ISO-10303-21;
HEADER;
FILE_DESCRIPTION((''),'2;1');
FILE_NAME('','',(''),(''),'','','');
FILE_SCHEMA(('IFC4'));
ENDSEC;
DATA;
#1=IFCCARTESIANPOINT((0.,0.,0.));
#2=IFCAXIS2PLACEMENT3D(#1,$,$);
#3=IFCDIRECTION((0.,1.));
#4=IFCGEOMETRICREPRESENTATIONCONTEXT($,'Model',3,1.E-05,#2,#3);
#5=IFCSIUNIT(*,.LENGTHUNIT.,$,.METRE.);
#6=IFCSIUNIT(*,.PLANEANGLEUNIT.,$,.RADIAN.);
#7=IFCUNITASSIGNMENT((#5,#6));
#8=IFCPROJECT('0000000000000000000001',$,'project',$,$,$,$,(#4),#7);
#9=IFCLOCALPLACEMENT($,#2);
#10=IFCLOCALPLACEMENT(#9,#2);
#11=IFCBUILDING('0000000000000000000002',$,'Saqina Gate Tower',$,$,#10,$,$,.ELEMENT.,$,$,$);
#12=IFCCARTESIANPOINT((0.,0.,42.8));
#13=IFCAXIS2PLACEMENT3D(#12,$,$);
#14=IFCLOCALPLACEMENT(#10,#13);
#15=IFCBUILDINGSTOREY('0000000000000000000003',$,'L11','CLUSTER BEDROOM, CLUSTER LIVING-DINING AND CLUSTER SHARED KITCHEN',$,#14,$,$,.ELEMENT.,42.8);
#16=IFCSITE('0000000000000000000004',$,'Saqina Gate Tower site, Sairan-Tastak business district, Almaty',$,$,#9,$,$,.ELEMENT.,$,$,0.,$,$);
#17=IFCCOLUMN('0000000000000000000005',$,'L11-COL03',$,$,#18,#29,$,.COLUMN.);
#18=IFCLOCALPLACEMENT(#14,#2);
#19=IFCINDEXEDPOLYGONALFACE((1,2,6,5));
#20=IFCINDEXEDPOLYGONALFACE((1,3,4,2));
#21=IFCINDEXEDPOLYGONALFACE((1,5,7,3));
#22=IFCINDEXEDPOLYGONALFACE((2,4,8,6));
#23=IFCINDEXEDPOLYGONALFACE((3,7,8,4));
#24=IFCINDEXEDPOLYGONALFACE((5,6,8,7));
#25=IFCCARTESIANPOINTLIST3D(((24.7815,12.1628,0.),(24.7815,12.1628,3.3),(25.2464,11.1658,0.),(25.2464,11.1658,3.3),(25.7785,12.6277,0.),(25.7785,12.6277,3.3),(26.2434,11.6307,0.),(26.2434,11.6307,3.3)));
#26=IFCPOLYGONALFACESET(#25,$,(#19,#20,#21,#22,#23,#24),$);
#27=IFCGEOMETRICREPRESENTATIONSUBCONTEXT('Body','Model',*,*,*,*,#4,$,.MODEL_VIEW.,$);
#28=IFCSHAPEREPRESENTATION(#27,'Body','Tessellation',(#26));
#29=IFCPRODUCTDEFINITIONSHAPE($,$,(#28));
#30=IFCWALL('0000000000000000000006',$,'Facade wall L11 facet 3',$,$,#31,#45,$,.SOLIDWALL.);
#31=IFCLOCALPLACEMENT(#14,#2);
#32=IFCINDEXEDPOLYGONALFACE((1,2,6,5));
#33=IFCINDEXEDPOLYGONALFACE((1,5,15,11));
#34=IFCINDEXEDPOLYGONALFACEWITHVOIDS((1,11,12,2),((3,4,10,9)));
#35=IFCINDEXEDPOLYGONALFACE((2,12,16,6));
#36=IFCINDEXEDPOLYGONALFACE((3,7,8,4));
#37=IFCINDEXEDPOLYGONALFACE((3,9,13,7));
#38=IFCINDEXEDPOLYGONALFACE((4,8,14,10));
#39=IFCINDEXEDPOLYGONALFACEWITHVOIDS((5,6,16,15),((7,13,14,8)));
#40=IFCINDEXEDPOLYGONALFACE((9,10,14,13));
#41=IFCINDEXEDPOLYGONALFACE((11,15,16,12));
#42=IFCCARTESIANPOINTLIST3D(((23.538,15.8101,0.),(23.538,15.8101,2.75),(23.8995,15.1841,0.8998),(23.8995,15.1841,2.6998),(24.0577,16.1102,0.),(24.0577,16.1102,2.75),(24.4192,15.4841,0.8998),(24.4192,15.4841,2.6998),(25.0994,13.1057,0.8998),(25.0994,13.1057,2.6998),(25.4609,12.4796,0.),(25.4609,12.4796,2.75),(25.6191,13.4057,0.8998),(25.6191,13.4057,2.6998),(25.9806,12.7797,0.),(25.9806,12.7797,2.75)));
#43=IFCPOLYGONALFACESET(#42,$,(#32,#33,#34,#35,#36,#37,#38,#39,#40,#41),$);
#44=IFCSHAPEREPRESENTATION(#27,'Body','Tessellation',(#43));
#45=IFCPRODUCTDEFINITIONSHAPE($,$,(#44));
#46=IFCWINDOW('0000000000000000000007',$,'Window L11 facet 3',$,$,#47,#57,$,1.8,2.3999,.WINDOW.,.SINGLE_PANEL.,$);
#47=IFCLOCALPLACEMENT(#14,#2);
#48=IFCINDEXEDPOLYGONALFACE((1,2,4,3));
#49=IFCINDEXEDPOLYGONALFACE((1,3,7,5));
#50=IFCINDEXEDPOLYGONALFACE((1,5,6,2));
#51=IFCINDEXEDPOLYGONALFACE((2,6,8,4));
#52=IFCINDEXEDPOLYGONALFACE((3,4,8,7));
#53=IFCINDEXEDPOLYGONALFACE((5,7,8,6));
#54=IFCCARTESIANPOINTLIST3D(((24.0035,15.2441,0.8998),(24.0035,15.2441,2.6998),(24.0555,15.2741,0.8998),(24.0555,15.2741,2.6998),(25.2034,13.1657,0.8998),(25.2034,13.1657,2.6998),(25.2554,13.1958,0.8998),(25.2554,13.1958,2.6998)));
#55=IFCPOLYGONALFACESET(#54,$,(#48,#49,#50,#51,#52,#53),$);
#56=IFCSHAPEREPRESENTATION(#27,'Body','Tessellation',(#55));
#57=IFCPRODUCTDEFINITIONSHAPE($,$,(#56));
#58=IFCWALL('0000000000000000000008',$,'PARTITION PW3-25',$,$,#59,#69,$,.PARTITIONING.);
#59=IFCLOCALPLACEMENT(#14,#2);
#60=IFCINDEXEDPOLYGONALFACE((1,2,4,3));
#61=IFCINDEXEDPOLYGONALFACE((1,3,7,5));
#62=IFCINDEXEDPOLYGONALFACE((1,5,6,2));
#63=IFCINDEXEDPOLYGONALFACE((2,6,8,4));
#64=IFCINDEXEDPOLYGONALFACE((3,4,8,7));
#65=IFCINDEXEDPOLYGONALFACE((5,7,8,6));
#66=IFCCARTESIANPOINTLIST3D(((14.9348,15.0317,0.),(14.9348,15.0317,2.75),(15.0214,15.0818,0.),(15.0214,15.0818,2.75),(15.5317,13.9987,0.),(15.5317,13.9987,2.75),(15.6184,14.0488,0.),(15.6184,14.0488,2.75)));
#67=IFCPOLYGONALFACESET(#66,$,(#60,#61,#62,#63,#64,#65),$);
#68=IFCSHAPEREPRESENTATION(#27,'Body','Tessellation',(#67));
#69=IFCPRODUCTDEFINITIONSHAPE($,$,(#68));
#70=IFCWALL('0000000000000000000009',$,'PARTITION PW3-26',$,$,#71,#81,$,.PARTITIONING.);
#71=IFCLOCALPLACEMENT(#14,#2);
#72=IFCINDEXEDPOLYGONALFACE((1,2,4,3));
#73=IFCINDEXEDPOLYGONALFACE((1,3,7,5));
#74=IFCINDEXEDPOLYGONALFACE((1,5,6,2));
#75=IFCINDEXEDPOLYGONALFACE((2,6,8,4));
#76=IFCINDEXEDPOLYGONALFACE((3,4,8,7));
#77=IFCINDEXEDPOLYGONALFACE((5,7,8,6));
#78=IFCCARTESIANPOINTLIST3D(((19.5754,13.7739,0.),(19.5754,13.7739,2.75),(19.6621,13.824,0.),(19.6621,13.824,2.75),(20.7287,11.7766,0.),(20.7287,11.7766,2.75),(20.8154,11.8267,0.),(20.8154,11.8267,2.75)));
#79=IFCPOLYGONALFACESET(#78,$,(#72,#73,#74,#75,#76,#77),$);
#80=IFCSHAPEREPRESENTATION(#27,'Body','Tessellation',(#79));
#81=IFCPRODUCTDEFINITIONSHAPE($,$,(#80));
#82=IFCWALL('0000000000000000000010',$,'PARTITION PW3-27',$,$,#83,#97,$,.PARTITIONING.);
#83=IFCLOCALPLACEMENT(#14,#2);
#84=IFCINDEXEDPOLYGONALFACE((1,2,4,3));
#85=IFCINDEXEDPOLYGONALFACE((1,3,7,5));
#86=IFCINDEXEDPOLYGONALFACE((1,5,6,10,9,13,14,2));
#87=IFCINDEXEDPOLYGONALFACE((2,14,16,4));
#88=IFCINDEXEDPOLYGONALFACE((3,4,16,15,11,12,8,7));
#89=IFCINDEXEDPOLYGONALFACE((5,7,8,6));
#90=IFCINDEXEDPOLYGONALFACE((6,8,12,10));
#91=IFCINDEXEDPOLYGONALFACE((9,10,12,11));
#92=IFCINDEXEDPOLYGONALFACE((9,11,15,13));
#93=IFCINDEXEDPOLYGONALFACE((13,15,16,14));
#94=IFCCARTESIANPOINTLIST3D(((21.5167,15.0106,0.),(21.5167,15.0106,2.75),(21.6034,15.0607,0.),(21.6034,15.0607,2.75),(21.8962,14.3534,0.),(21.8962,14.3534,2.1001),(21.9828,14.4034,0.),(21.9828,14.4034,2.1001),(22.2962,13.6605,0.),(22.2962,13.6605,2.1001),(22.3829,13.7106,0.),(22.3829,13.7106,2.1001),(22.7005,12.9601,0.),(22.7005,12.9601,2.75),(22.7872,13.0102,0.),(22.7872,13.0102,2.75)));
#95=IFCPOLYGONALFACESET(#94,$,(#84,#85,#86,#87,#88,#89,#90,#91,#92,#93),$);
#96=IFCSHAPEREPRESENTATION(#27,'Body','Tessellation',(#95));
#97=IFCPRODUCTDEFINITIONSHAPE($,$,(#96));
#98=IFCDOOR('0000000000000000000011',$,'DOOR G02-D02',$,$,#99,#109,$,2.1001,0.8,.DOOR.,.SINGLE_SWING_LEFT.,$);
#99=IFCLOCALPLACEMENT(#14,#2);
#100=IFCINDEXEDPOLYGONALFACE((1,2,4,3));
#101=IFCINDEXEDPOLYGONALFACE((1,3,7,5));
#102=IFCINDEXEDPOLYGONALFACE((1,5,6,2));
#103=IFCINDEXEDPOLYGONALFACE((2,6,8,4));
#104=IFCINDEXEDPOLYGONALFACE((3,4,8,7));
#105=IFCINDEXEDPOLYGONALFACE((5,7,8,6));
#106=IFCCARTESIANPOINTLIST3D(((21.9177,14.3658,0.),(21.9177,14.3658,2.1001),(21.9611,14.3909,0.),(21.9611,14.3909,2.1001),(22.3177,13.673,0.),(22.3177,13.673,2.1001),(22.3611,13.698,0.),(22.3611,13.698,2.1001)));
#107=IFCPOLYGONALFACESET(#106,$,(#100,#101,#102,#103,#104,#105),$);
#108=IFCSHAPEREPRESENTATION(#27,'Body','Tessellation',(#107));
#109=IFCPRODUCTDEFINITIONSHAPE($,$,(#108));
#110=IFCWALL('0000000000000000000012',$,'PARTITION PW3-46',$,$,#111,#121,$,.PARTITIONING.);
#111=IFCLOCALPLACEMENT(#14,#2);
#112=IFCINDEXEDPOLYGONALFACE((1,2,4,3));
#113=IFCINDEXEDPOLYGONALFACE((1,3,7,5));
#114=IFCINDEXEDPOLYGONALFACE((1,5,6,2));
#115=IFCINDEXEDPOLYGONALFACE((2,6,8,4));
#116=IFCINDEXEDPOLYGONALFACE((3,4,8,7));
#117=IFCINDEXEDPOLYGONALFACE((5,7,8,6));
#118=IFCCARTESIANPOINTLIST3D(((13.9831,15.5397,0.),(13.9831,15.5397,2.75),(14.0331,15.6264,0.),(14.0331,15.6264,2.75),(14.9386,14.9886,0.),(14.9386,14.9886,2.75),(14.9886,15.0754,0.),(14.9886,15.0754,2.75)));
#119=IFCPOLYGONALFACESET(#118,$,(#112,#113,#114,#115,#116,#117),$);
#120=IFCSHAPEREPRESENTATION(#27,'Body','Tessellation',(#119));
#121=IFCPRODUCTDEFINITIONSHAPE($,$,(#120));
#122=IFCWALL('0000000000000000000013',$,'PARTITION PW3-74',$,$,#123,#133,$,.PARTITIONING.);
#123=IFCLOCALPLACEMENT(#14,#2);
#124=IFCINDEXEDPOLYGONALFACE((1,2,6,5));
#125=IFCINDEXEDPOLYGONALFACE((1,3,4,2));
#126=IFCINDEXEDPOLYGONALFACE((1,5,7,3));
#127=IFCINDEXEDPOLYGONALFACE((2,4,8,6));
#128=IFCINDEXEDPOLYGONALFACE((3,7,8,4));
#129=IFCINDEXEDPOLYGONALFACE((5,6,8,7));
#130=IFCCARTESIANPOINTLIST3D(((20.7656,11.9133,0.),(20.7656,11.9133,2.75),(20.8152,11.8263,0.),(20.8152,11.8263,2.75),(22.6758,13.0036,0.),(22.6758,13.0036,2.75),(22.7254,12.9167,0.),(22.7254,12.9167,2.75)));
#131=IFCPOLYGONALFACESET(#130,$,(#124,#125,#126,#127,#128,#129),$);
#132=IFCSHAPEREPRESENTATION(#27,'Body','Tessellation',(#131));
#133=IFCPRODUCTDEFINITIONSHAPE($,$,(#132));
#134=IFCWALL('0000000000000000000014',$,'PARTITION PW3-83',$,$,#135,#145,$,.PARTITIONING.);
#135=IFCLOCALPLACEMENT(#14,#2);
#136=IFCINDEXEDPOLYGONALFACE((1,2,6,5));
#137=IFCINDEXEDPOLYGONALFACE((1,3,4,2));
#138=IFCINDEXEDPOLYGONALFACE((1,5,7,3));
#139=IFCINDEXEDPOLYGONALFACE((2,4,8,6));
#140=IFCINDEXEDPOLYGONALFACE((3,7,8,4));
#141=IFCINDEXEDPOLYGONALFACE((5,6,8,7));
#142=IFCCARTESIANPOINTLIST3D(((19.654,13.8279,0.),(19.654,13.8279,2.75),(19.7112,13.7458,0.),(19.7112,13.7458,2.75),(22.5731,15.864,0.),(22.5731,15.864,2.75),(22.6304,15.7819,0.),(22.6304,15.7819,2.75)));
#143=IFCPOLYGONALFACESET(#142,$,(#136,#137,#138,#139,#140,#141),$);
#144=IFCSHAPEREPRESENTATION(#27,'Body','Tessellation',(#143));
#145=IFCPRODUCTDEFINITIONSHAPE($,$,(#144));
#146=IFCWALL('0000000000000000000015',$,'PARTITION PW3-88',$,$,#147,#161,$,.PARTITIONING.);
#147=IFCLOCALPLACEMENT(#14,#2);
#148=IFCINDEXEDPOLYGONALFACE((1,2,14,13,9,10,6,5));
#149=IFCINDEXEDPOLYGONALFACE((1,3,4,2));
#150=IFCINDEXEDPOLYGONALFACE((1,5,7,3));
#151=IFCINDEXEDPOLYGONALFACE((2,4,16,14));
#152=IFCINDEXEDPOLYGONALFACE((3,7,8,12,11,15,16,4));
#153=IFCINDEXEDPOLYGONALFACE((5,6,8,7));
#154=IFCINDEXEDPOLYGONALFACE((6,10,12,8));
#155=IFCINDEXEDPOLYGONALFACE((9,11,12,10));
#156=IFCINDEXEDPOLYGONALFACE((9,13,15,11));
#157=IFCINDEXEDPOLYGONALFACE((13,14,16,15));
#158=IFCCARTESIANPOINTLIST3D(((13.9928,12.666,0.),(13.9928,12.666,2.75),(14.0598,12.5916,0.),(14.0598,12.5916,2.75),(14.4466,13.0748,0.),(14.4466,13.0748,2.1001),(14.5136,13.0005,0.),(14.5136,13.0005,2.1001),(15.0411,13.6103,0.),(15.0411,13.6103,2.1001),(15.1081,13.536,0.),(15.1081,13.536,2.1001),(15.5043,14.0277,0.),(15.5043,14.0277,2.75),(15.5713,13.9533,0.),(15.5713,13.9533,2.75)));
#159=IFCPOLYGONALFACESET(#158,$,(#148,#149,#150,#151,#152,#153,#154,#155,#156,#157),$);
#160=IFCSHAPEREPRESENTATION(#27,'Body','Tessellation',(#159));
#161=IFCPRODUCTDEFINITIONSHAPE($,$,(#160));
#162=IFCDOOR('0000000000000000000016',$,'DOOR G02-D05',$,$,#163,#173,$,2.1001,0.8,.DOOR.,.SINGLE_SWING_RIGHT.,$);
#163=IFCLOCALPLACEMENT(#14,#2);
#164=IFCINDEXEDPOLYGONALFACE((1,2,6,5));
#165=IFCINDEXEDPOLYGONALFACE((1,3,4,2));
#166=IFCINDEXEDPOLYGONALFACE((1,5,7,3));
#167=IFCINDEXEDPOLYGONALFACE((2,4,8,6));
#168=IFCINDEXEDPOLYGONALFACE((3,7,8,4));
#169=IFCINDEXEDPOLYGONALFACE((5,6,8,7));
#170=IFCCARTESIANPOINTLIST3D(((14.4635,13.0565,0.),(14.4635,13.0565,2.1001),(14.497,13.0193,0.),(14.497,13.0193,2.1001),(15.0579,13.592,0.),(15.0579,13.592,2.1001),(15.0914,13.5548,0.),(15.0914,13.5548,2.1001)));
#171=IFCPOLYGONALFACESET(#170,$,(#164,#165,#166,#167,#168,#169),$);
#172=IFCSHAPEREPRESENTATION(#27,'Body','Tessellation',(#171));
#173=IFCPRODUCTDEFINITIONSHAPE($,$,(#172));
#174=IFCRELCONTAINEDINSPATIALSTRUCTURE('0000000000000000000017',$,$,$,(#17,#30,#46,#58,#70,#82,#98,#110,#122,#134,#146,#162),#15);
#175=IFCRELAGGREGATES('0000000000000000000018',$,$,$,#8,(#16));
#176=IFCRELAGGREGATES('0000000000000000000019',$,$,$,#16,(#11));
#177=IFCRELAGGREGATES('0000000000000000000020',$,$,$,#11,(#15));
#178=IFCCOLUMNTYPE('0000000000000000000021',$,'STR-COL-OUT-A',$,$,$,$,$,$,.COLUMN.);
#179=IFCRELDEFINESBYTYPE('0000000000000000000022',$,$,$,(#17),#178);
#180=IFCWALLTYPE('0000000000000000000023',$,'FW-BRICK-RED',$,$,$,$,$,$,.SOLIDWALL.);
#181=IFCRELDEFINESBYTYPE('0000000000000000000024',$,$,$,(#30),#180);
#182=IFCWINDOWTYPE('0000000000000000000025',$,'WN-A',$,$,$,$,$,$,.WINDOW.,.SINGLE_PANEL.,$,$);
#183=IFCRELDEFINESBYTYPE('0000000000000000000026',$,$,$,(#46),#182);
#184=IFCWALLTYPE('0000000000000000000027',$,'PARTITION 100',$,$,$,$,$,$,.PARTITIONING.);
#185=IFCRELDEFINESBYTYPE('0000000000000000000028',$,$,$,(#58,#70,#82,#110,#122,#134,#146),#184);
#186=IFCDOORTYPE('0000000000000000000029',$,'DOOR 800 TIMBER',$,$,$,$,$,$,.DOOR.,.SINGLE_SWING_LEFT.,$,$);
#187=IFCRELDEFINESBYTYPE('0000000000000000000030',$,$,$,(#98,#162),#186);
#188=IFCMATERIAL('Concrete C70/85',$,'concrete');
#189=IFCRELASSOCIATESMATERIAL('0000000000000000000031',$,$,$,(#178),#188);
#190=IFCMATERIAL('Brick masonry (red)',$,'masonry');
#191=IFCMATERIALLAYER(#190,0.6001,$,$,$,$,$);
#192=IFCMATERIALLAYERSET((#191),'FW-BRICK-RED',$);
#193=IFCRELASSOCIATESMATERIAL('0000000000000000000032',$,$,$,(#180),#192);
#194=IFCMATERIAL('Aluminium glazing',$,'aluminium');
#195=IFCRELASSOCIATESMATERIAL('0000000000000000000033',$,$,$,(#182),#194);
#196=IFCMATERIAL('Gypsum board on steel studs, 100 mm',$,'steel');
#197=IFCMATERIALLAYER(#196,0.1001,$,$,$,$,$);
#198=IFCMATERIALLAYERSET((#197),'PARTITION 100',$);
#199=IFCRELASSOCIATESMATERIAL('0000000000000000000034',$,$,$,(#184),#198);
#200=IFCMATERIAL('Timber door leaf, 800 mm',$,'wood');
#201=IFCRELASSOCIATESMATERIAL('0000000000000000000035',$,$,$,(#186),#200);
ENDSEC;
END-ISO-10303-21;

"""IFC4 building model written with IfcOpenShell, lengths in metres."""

from ifc_helpers import new_model, si_unit, direction, frame, frame_2d, origin, origin_2d, place, context, subcontext, project, spatial, rectangle, extrude, material, layer, layer_set, material_profile, profile_set, type_object, element, fill, save


model = new_model("IFC4")

# Units and contexts
model_context = context("Model", 3, precision=1e-05, world=origin(), true_north=direction((0.0, 1.0)))
body_context = subcontext(model_context, "Body", "Model", "MODEL_VIEW")
ifc_project = project(units=[si_unit("LENGTHUNIT", "METRE"), si_unit("PLANEANGLEUNIT", "RADIAN")], contexts=[model_context])

# Site, building, storey
site_placement = place(None, origin())
site = spatial("IfcSite", under=ifc_project, at=site_placement, Name="Saqina Gate Tower site, Sairan-Tastak business district, Almaty", CompositionType="ELEMENT", RefElevation=0.0)
building_placement = place(site_placement, origin())
building = spatial("IfcBuilding", under=site, at=building_placement, Name="Saqina Gate Tower", CompositionType="ELEMENT")
storey_placement = place(building_placement, frame((0.0, 0.0, 42.8)))
storey = spatial("IfcBuildingStorey", under=building, at=storey_placement, Name="L11", Description="CLUSTER BEDROOM, CLUSTER LIVING-DINING AND CLUSTER SHARED KITCHEN", CompositionType="ELEMENT", Elevation=42.8)

# Column
ifc_material_1 = material(Name="Concrete C70/85", Category="concrete")
ifc_material_profile = material_profile(ifc_material_1, rectangle(XDim=1.1001, YDim=1.1001, at=origin_2d()), Name="RC 1100x1100")
ifc_profile_set = profile_set([ifc_material_profile], Name="Concrete C70/85")
column_type = type_object("IfcColumnType", Name="STR-COL-OUT-A", PredefinedType="COLUMN", material=ifc_profile_set)
column_placement = place(storey_placement, frame((25.5125, 11.8967, 0.0), z_axis=(0.0, 0.0, 1.0), x_axis=(0.906308, 0.422618, 0.0)))
element("IfcColumn", 1, at=column_placement, inside=storey, type_object=column_type, Name="L11-COL03", PredefinedType="COLUMN", context=body_context, shape_type="SweptSolid", body=[
    extrude(rectangle(XDim=1.1001, YDim=1.1001, at=origin_2d()), origin(), (0.0, 0.0, 1.0), 3.3),
])

# Wall, opening, window
ifc_material_2 = material(Name="Brick masonry (red)", Category="masonry")
ifc_layer_1 = layer(ifc_material_2, 0.6001)
ifc_layer_set_1 = layer_set([ifc_layer_1], Name="FW-BRICK-RED")
wall_type_1 = type_object("IfcWallType", Name="FW-BRICK-RED", PredefinedType="SOLIDWALL", material=ifc_layer_set_1)
wall_1_placement = place(storey_placement, frame((25.7207, 12.6296, 0.0), z_axis=(0.0, 0.0, 1.0), x_axis=(-0.49999, 0.866031, 0.0)))
wall_1 = element("IfcWall", 2, at=wall_1_placement, inside=storey, type_object=wall_type_1, Name="Facade wall L11 facet 3", PredefinedType="SOLIDWALL", context=body_context, shape_type="SweptSolid", body=[
    extrude(rectangle(XDim=3.8457, YDim=0.6001, at=frame_2d((1.9229, 0.0))), origin(), (0.0, 0.0, 1.0), 2.75),
])
opening_1_placement = place(wall_1_placement, frame((0.7229, 0.0, 0.8999)))
opening_1 = element("IfcOpeningElement", 3, at=opening_1_placement, cuts=wall_1, PredefinedType="OPENING", context=body_context, shape_type="SweptSolid", body=[
    extrude(rectangle(XDim=2.3999, YDim=1.8, at=frame_2d((1.2, 0.8999))), frame((0.0, 0.312, 0.0), z_axis=(0.0, -1.0, 0.0), x_axis=(1.0, 0.0, 0.0)), (0.0, 0.0, 1.0), 0.624),
])
ifc_material_3 = material(Name="Aluminium glazing", Category="aluminium")
window_type = type_object("IfcWindowType", Name="WN-A", PartitioningType="SINGLE_PANEL", PredefinedType="WINDOW", material=ifc_material_3)
window_placement = place(opening_1_placement, origin())
window = element("IfcWindow", 4, at=window_placement, inside=storey, type_object=window_type, Name="Window L11 facet 3", OverallHeight=1.8, OverallWidth=2.3999, PartitioningType="SINGLE_PANEL", PredefinedType="WINDOW", context=body_context, shape_type="SweptSolid", body=[
    extrude(rectangle(XDim=2.3999, YDim=1.8, at=frame_2d((1.2, 0.8999))), frame((0.0, 0.1799, 0.0), z_axis=(0.0, -1.0, 0.0), x_axis=(1.0, 0.0, 0.0)), (0.0, 0.0, 1.0), 0.0601),
])
fill(opening_1, window)

# Walls
ifc_material_4 = material(Name="Gypsum board on steel studs, 100 mm", Category="steel")
ifc_layer_2 = layer(ifc_material_4, 0.1001)
ifc_layer_set_2 = layer_set([ifc_layer_2], Name="PARTITION 100")
wall_type_2 = type_object("IfcWallType", Name="PARTITION 100", PredefinedType="PARTITIONING", material=ifc_layer_set_2)
wall_2_placement = place(storey_placement, frame((14.978, 15.0569, 0.0), z_axis=(0.0, 0.0, 1.0), x_axis=(0.500342, -0.865828, 0.0)))
element("IfcWall", 5, at=wall_2_placement, inside=storey, type_object=wall_type_2, Name="PARTITION PW3-25", PredefinedType="PARTITIONING", context=body_context, shape_type="SweptSolid", body=[
    extrude(rectangle(XDim=1.1931, YDim=0.1001, at=frame_2d((0.5967, 0.0))), origin(), (0.0, 0.0, 1.0), 2.75),
])
wall_3_placement = place(storey_placement, frame((19.6187, 13.7991, 0.0), z_axis=(0.0, 0.0, 1.0), x_axis=(0.500055, -0.865993, 0.0)))
element("IfcWall", 6, at=wall_3_placement, inside=storey, type_object=wall_type_2, Name="PARTITION PW3-26", PredefinedType="PARTITIONING", context=body_context, shape_type="SweptSolid", body=[
    extrude(rectangle(XDim=2.3064, YDim=0.1001, at=frame_2d((1.1533, 0.0))), origin(), (0.0, 0.0, 1.0), 2.75),
])

# Wall, opening, door
wall_4_placement = place(storey_placement, frame((21.5601, 15.0356, 0.0), z_axis=(0.0, 0.0, 1.0), x_axis=(0.499987, -0.866033, 0.0)))
wall_4 = element("IfcWall", 7, at=wall_4_placement, inside=storey, type_object=wall_type_2, Name="PARTITION PW3-27", PredefinedType="PARTITIONING", context=body_context, shape_type="SweptSolid", body=[
    extrude(rectangle(XDim=2.3677, YDim=0.1001, at=frame_2d((1.1838, 0.0))), origin(), (0.0, 0.0, 1.0), 2.75),
])
opening_2_placement = place(wall_4_placement, frame((0.759, 0.0, 0.0)))
opening_2 = element("IfcOpeningElement", 8, at=opening_2_placement, cuts=wall_4, PredefinedType="OPENING", context=body_context, shape_type="SweptSolid", body=[
    extrude(rectangle(XDim=0.8, YDim=2.1001, at=frame_2d((0.3999, 1.05))), frame((0.0, 0.062, 0.0), z_axis=(0.0, -1.0, 0.0), x_axis=(1.0, 0.0, 0.0)), (0.0, 0.0, 1.0), 0.124),
])
ifc_material_5 = material(Name="Timber door leaf, 800 mm", Category="wood")
door_type_1 = type_object("IfcDoorType", Name="DOOR 800 TIMBER", OperationType="SINGLE_SWING_LEFT", PredefinedType="DOOR", material=ifc_material_5)
door_1_placement = place(opening_2_placement, origin())
door_1 = element("IfcDoor", 9, at=door_1_placement, inside=storey, type_object=door_type_1, Name="DOOR G02-D02", OperationType="SINGLE_SWING_LEFT", OverallHeight=2.1001, OverallWidth=0.8, PredefinedType="DOOR", context=body_context, shape_type="SweptSolid", body=[
    extrude(rectangle(XDim=0.8, YDim=2.1001, at=frame_2d((0.3999, 1.05))), frame((0.0, 0.0249, 0.0), z_axis=(0.0, -1.0, 0.0), x_axis=(1.0, 0.0, 0.0)), (0.0, 0.0, 1.0), 0.05),
])
fill(opening_2, door_1)

# Walls
wall_5_placement = place(storey_placement, frame((14.0081, 15.583, 0.0), z_axis=(0.0, 0.0, 1.0), x_axis=(0.866289, -0.499544, 0.0)))
element("IfcWall", 10, at=wall_5_placement, inside=storey, type_object=wall_type_2, Name="PARTITION PW3-46", PredefinedType="PARTITIONING", context=body_context, shape_type="SweptSolid", body=[
    extrude(rectangle(XDim=1.103, YDim=0.1001, at=frame_2d((0.5515, 0.0))), origin(), (0.0, 0.0, 1.0), 2.75),
])
wall_6_placement = place(storey_placement, frame((20.7905, 11.8699, 0.0), z_axis=(0.0, 0.0, 1.0), x_axis=(0.868475, 0.495732, 0.0)))
element("IfcWall", 11, at=wall_6_placement, inside=storey, type_object=wall_type_2, Name="PARTITION PW3-74", PredefinedType="PARTITIONING", context=body_context, shape_type="SweptSolid", body=[
    extrude(rectangle(XDim=2.1995, YDim=0.1001, at=frame_2d((1.0996, 0.0))), origin(), (0.0, 0.0, 1.0), 2.75),
])
wall_7_placement = place(storey_placement, frame((19.6826, 13.7869, 0.0), z_axis=(0.0, 0.0, 1.0), x_axis=(0.820194, 0.572085, 0.0)))
element("IfcWall", 12, at=wall_7_placement, inside=storey, type_object=wall_type_2, Name="PARTITION PW3-83", PredefinedType="PARTITIONING", context=body_context, shape_type="SweptSolid", body=[
    extrude(rectangle(XDim=3.5591, YDim=0.1001, at=frame_2d((1.7795, 0.0))), origin(), (0.0, 0.0, 1.0), 2.75),
])

# Wall, opening, door
wall_8_placement = place(storey_placement, frame((14.0264, 12.6289, 0.0), z_axis=(0.0, 0.0, 1.0), x_axis=(0.74299, 0.669303, 0.0)))
wall_8 = element("IfcWall", 13, at=wall_8_placement, inside=storey, type_object=wall_type_2, Name="PARTITION PW3-88", PredefinedType="PARTITIONING", context=body_context, shape_type="SweptSolid", body=[
    extrude(rectangle(XDim=2.0344, YDim=0.1001, at=frame_2d((1.0171, 0.0))), origin(), (0.0, 0.0, 1.0), 2.75),
])
opening_3_placement = place(wall_8_placement, frame((0.6108, 0.0, 0.0)))
opening_3 = element("IfcOpeningElement", 14, at=opening_3_placement, cuts=wall_8, PredefinedType="OPENING", context=body_context, shape_type="SweptSolid", body=[
    extrude(rectangle(XDim=0.8, YDim=2.1001, at=frame_2d((0.3999, 1.05))), frame((0.0, 0.062, 0.0), z_axis=(0.0, -1.0, 0.0), x_axis=(1.0, 0.0, 0.0)), (0.0, 0.0, 1.0), 0.124),
])
door_2_placement = place(opening_3_placement, frame((0.8, 0.0, 0.0), z_axis=(0.0, 0.0, 1.0), x_axis=(-1.0, 0.0, 0.0)))
door_2 = element("IfcDoor", 15, at=door_2_placement, inside=storey, type_object=door_type_1, Name="DOOR G02-D05", OperationType="SINGLE_SWING_RIGHT", OverallHeight=2.1001, OverallWidth=0.8, PredefinedType="DOOR", context=body_context, shape_type="SweptSolid", body=[
    extrude(rectangle(XDim=0.8, YDim=2.1001, at=frame_2d((0.3999, 1.05))), frame((0.0, 0.0249, 0.0), z_axis=(0.0, -1.0, 0.0), x_axis=(1.0, 0.0, 0.0)), (0.0, 0.0, 1.0), 0.05),
])
fill(opening_3, door_2)

save(model, "model.ifc")
